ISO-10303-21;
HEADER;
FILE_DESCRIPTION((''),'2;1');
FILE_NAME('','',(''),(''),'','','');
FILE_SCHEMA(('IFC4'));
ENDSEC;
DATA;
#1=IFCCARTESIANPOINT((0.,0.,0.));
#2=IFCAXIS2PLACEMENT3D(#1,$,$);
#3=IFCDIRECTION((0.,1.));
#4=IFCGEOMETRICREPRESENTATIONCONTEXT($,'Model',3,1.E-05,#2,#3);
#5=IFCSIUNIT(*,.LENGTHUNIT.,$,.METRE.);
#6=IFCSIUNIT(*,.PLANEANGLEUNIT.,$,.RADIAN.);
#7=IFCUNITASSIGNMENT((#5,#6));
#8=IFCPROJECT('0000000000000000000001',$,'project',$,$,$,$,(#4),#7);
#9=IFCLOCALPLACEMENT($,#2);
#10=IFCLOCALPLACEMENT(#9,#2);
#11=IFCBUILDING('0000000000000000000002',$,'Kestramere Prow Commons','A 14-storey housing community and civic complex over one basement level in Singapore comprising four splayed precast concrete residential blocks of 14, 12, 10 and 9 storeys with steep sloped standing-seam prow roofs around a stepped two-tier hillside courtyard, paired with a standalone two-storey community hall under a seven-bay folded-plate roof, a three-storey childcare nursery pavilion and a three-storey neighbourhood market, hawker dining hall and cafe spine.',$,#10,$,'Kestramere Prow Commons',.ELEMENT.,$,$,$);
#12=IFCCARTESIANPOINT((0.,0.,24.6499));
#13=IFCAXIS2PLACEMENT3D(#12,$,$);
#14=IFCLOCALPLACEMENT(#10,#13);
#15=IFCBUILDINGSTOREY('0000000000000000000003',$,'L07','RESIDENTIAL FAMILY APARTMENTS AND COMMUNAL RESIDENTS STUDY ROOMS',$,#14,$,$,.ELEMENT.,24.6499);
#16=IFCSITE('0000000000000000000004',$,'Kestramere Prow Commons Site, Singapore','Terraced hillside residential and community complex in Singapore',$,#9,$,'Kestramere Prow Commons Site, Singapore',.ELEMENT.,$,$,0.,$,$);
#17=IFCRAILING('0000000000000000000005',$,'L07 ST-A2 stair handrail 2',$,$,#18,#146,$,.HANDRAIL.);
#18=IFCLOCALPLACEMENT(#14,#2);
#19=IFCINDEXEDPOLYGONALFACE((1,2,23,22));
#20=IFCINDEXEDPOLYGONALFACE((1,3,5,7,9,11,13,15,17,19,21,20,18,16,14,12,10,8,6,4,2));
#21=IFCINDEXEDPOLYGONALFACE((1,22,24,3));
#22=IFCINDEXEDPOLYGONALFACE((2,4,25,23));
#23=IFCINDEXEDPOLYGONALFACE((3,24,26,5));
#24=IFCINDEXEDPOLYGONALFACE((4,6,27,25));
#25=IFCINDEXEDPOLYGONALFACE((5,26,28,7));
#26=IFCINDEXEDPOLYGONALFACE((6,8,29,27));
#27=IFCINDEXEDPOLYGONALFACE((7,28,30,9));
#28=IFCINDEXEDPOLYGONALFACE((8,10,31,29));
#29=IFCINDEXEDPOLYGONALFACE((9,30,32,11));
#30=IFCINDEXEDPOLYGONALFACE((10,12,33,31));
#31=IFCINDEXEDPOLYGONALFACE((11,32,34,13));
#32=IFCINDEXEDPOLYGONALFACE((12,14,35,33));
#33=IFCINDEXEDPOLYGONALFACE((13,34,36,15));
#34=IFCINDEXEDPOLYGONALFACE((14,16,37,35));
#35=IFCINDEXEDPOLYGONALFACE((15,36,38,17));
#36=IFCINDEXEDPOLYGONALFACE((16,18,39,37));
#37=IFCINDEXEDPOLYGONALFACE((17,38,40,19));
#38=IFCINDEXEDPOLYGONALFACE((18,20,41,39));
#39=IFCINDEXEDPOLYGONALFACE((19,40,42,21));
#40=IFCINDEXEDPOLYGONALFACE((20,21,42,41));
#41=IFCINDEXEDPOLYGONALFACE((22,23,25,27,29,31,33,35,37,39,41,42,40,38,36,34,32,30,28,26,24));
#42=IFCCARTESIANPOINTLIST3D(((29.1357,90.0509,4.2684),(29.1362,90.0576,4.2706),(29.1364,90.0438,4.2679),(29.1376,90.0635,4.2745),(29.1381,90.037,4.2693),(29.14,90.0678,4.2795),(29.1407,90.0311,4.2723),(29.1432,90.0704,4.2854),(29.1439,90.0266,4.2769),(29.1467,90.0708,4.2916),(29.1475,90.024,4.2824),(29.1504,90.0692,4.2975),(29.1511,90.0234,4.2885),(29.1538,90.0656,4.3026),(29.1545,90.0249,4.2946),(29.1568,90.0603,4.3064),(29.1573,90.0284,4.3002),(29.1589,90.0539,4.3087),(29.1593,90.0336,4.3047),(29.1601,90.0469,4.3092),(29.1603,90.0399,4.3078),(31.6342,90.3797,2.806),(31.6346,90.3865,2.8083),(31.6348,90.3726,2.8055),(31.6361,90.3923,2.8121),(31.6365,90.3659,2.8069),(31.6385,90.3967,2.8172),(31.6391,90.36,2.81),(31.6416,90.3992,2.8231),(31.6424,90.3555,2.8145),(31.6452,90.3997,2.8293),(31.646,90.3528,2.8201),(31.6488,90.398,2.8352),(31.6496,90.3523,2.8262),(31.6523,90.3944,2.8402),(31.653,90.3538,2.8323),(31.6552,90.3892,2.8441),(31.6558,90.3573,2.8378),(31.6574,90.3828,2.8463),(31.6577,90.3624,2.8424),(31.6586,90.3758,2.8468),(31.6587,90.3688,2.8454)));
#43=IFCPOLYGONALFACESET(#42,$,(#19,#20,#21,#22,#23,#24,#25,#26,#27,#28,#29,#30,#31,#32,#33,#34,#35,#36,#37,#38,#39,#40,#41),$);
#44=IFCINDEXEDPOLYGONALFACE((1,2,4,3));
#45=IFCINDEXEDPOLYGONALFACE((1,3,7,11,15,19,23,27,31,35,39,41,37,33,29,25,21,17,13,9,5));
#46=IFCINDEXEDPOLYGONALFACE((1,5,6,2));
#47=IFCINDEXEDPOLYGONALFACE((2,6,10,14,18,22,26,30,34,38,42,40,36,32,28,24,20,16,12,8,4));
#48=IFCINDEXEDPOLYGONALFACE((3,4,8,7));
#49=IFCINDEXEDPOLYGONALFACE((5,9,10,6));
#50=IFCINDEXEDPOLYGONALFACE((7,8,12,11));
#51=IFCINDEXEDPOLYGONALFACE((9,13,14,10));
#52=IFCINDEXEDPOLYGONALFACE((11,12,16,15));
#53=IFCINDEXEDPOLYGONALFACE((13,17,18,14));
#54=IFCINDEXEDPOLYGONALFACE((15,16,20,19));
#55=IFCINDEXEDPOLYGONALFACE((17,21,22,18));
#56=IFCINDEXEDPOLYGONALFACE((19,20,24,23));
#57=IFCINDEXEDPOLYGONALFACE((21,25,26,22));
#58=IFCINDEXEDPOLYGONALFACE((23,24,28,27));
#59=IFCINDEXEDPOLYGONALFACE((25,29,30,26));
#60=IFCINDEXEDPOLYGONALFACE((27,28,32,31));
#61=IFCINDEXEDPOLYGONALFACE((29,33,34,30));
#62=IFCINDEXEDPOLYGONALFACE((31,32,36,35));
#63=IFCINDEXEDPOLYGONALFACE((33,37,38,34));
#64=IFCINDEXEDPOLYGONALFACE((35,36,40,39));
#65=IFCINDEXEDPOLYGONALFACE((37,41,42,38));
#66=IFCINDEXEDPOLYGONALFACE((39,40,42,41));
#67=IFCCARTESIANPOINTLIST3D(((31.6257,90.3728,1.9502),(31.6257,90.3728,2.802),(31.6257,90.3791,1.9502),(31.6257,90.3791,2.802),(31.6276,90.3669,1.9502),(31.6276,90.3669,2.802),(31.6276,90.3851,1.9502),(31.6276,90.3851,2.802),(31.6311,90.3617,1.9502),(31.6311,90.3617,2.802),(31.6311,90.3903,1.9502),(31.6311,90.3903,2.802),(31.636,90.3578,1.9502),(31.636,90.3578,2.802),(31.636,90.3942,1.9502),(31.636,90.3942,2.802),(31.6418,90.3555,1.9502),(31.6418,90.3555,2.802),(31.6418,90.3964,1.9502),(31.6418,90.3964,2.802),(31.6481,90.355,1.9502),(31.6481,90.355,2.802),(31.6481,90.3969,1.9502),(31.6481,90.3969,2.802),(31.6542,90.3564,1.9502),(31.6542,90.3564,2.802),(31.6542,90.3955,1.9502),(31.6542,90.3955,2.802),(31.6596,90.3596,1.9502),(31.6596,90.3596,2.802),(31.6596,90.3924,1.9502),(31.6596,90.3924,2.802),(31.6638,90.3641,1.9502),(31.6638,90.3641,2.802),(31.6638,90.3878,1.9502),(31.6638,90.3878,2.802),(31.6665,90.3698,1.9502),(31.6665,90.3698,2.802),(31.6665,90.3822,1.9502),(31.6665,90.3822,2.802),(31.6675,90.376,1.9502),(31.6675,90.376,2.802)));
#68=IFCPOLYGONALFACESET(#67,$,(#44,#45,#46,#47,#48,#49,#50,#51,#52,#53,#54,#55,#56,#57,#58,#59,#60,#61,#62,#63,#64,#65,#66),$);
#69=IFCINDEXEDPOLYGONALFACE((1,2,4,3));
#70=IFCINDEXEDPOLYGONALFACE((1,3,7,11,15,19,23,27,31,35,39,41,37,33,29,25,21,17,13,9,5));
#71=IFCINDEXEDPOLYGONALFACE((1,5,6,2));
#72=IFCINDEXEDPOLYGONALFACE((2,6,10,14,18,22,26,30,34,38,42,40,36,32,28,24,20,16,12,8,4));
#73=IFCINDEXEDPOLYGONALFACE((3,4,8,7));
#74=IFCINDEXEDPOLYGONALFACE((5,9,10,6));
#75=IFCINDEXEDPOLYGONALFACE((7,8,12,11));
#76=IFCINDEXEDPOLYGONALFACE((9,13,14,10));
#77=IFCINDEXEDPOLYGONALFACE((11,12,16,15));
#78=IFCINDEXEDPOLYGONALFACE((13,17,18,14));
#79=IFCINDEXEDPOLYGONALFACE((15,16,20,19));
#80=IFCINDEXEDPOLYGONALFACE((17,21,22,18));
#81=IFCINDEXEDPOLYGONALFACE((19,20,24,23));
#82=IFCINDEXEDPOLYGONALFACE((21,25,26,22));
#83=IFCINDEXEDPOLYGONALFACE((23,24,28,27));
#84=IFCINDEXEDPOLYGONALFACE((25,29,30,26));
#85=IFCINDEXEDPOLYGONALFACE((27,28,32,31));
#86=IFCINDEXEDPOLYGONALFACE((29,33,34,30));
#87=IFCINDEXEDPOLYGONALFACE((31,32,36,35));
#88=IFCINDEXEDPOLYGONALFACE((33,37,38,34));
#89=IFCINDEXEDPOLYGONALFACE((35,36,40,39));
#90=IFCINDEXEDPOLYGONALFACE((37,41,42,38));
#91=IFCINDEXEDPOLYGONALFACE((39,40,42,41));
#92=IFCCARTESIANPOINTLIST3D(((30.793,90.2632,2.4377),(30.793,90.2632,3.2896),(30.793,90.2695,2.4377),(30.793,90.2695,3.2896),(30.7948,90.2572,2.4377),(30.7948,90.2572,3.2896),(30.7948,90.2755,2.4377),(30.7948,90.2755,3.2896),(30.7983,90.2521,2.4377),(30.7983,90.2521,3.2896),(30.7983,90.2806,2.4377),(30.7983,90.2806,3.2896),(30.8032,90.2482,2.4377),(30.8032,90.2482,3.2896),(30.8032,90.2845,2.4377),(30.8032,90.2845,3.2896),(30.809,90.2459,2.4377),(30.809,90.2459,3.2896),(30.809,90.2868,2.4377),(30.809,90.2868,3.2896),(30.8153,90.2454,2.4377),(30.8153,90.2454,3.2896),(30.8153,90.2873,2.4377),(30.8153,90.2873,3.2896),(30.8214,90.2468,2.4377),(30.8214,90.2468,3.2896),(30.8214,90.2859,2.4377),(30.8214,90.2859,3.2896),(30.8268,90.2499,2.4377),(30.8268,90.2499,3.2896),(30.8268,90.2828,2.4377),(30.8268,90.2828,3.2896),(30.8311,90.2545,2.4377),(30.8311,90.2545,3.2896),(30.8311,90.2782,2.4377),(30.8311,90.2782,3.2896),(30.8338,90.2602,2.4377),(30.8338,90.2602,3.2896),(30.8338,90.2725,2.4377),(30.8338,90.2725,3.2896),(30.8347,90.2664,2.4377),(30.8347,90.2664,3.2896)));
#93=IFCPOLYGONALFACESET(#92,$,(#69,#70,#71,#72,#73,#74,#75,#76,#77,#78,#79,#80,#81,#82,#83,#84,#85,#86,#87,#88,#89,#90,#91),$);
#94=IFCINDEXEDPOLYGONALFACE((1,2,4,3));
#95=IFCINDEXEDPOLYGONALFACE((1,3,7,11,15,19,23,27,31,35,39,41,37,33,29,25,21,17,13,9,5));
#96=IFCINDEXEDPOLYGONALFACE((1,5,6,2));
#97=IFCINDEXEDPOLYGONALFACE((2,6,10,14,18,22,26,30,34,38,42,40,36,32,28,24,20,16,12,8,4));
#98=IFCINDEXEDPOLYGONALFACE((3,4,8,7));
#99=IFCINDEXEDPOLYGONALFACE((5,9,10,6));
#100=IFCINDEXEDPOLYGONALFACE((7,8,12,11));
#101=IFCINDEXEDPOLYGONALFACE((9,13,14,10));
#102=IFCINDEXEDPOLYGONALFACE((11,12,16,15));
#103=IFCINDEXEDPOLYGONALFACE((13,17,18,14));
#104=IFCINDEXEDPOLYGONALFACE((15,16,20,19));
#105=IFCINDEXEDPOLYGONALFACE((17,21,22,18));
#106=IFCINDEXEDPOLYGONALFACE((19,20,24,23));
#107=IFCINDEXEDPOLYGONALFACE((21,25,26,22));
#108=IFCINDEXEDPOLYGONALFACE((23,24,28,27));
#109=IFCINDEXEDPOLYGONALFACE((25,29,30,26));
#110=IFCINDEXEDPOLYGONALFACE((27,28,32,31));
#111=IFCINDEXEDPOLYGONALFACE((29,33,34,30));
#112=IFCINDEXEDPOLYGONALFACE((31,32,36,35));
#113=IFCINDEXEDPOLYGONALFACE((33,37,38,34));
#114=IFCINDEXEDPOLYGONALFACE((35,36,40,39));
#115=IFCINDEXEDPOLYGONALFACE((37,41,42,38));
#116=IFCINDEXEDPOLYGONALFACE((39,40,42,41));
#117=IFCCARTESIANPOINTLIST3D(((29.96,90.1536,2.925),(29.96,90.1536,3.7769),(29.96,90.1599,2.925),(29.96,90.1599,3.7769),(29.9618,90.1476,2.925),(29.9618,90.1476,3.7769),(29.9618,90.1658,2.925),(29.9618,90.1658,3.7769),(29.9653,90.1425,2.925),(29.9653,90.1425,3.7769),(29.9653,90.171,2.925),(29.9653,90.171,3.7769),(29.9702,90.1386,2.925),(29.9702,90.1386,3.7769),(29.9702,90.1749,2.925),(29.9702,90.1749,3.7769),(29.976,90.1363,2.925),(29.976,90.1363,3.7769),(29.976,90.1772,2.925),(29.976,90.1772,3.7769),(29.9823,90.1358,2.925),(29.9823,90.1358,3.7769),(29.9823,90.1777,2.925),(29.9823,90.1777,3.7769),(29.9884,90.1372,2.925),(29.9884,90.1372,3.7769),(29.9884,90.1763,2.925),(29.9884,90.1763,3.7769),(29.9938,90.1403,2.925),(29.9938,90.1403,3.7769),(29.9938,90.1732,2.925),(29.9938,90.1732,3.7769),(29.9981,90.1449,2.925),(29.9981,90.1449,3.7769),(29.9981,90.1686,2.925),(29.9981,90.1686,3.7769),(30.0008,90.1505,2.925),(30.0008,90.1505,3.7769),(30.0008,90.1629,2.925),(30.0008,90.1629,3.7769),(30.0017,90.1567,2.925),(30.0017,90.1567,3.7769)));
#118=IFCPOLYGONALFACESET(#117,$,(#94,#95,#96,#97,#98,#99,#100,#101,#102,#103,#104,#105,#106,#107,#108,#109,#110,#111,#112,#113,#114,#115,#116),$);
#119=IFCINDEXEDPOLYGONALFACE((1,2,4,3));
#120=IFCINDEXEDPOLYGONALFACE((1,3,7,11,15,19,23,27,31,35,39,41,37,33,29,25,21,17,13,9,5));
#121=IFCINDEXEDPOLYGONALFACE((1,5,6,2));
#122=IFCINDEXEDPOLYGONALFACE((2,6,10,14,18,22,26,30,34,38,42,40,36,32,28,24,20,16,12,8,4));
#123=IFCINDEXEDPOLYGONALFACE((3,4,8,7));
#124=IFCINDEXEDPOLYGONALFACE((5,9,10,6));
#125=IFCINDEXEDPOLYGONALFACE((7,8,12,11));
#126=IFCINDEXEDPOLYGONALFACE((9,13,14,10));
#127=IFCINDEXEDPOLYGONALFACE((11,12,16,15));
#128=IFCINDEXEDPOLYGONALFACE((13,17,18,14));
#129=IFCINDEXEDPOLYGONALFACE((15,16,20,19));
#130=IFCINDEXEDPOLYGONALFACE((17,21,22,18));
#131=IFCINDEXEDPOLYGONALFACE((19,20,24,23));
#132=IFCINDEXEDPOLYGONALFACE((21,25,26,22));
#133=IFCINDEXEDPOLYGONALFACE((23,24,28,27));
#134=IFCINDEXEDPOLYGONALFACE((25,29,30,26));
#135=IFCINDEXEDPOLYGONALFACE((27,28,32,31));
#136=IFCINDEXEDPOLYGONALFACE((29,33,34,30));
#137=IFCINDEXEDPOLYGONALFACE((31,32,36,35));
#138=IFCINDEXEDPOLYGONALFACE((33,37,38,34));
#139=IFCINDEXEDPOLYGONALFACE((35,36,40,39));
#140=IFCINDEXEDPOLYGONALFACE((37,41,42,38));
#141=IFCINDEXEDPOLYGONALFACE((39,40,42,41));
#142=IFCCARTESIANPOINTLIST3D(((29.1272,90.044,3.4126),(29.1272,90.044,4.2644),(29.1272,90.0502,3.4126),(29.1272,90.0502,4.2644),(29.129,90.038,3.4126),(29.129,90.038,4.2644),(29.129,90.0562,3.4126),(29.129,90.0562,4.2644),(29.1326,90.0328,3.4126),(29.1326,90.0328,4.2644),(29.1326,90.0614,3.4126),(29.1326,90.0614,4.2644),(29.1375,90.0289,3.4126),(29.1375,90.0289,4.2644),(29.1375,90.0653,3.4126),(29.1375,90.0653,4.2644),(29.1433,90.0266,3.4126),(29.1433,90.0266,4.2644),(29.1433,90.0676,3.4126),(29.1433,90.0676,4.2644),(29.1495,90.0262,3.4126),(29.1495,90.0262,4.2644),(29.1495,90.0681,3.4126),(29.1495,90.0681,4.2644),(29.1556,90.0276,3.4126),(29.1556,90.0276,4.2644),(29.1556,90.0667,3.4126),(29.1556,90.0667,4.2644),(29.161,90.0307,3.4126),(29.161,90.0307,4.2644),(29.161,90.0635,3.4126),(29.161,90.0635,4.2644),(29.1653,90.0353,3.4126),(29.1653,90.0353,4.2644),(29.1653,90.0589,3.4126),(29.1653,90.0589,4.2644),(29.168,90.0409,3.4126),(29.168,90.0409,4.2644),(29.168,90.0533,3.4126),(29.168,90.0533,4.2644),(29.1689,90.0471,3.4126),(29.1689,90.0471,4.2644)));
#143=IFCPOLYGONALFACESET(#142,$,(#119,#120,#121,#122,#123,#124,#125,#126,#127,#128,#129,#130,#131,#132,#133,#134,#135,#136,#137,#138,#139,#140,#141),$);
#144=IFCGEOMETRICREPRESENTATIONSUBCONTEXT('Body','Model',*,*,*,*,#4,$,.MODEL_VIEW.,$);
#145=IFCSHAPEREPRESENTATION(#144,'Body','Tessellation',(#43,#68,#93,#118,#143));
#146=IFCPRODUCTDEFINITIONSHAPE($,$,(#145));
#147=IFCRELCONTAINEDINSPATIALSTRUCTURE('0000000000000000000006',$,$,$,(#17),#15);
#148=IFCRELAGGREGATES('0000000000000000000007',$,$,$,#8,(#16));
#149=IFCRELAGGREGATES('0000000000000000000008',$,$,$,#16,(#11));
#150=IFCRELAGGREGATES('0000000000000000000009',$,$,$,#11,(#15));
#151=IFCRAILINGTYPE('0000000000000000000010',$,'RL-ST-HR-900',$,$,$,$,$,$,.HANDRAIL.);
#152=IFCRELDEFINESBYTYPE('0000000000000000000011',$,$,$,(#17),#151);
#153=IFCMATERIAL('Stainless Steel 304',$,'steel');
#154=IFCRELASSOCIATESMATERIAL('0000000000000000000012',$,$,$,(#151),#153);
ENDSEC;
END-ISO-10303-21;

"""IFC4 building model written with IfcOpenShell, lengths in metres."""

from ifc_helpers import new_model, si_unit, direction, frame, origin, origin_2d, place, context, subcontext, project, spatial, circle, extrude, material, type_object, element, save


model = new_model("IFC4")

# Units and contexts
model_context = context("Model", 3, precision=1e-05, world=origin(), true_north=direction((0.0, 1.0)))
body_context = subcontext(model_context, "Body", "Model", "MODEL_VIEW")
ifc_project = project(units=[si_unit("LENGTHUNIT", "METRE"), si_unit("PLANEANGLEUNIT", "RADIAN")], contexts=[model_context])

# Site, building, storey
site_placement = place(None, origin())
site = spatial("IfcSite", under=ifc_project, at=site_placement, Name="Kestramere Prow Commons Site, Singapore", Description="Terraced hillside residential and community complex in Singapore", LongName="Kestramere Prow Commons Site, Singapore", CompositionType="ELEMENT", RefElevation=0.0)
building_placement = place(site_placement, origin())
building = spatial("IfcBuilding", under=site, at=building_placement, Name="Kestramere Prow Commons", Description="A 14-storey housing community and civic complex over one basement level in Singapore comprising four splayed precast concrete residential blocks of 14, 12, 10 and 9 storeys with steep sloped standing-seam prow roofs around a stepped two-tier hillside courtyard, paired with a standalone two-storey community hall under a seven-bay folded-plate roof, a three-storey childcare nursery pavilion and a three-storey neighbourhood market, hawker dining hall and cafe spine.", LongName="Kestramere Prow Commons", CompositionType="ELEMENT")
storey_placement = place(building_placement, frame((0.0, 0.0, 24.6499)))
storey = spatial("IfcBuildingStorey", under=building, at=storey_placement, Name="L07", Description="RESIDENTIAL FAMILY APARTMENTS AND COMMUNAL RESIDENTS STUDY ROOMS", CompositionType="ELEMENT", Elevation=24.6499)

# Railing
ifc_material_1 = material(Name="Stainless Steel 304", Category="steel")
railing_type_1 = type_object("IfcRailingType", Name="RL-ST-HR-900", PredefinedType="HANDRAIL", material=ifc_material_1)
railing_1_placement = place(storey_placement, frame((31.6465, 90.376, 1.9502)))
element("IfcRailing", 1, at=railing_1_placement, inside=storey, type_object=railing_type_1, Name="L07 ST-A2 stair handrail 2", PredefinedType="HANDRAIL", context=body_context, shape_type="SweptSolid", body=[
    extrude(circle(Radius=0.0239, at=origin_2d()), frame((0.0, 0.0, 0.876), z_axis=(-0.857523, -0.112867, 0.501912), x_axis=(0.130495, -0.991449, 0.0)), (0.0, 0.0, 1.0), 2.9136),
    extrude(circle(Radius=0.021, at=origin_2d()), origin(), (0.0, 0.0, 1.0), 0.8518),
    extrude(circle(Radius=0.021, at=origin_2d()), frame((-0.8328, -0.1096, 0.4875)), (0.0, 0.0, 1.0), 0.8518),
    extrude(circle(Radius=0.021, at=origin_2d()), frame((-1.6658, -0.2192, 0.9749)), (0.0, 0.0, 1.0), 0.8518),
    extrude(circle(Radius=0.021, at=origin_2d()), frame((-2.4985, -0.3289, 1.4624)), (0.0, 0.0, 1.0), 0.8518),
])

save(model, "model.ifc")
